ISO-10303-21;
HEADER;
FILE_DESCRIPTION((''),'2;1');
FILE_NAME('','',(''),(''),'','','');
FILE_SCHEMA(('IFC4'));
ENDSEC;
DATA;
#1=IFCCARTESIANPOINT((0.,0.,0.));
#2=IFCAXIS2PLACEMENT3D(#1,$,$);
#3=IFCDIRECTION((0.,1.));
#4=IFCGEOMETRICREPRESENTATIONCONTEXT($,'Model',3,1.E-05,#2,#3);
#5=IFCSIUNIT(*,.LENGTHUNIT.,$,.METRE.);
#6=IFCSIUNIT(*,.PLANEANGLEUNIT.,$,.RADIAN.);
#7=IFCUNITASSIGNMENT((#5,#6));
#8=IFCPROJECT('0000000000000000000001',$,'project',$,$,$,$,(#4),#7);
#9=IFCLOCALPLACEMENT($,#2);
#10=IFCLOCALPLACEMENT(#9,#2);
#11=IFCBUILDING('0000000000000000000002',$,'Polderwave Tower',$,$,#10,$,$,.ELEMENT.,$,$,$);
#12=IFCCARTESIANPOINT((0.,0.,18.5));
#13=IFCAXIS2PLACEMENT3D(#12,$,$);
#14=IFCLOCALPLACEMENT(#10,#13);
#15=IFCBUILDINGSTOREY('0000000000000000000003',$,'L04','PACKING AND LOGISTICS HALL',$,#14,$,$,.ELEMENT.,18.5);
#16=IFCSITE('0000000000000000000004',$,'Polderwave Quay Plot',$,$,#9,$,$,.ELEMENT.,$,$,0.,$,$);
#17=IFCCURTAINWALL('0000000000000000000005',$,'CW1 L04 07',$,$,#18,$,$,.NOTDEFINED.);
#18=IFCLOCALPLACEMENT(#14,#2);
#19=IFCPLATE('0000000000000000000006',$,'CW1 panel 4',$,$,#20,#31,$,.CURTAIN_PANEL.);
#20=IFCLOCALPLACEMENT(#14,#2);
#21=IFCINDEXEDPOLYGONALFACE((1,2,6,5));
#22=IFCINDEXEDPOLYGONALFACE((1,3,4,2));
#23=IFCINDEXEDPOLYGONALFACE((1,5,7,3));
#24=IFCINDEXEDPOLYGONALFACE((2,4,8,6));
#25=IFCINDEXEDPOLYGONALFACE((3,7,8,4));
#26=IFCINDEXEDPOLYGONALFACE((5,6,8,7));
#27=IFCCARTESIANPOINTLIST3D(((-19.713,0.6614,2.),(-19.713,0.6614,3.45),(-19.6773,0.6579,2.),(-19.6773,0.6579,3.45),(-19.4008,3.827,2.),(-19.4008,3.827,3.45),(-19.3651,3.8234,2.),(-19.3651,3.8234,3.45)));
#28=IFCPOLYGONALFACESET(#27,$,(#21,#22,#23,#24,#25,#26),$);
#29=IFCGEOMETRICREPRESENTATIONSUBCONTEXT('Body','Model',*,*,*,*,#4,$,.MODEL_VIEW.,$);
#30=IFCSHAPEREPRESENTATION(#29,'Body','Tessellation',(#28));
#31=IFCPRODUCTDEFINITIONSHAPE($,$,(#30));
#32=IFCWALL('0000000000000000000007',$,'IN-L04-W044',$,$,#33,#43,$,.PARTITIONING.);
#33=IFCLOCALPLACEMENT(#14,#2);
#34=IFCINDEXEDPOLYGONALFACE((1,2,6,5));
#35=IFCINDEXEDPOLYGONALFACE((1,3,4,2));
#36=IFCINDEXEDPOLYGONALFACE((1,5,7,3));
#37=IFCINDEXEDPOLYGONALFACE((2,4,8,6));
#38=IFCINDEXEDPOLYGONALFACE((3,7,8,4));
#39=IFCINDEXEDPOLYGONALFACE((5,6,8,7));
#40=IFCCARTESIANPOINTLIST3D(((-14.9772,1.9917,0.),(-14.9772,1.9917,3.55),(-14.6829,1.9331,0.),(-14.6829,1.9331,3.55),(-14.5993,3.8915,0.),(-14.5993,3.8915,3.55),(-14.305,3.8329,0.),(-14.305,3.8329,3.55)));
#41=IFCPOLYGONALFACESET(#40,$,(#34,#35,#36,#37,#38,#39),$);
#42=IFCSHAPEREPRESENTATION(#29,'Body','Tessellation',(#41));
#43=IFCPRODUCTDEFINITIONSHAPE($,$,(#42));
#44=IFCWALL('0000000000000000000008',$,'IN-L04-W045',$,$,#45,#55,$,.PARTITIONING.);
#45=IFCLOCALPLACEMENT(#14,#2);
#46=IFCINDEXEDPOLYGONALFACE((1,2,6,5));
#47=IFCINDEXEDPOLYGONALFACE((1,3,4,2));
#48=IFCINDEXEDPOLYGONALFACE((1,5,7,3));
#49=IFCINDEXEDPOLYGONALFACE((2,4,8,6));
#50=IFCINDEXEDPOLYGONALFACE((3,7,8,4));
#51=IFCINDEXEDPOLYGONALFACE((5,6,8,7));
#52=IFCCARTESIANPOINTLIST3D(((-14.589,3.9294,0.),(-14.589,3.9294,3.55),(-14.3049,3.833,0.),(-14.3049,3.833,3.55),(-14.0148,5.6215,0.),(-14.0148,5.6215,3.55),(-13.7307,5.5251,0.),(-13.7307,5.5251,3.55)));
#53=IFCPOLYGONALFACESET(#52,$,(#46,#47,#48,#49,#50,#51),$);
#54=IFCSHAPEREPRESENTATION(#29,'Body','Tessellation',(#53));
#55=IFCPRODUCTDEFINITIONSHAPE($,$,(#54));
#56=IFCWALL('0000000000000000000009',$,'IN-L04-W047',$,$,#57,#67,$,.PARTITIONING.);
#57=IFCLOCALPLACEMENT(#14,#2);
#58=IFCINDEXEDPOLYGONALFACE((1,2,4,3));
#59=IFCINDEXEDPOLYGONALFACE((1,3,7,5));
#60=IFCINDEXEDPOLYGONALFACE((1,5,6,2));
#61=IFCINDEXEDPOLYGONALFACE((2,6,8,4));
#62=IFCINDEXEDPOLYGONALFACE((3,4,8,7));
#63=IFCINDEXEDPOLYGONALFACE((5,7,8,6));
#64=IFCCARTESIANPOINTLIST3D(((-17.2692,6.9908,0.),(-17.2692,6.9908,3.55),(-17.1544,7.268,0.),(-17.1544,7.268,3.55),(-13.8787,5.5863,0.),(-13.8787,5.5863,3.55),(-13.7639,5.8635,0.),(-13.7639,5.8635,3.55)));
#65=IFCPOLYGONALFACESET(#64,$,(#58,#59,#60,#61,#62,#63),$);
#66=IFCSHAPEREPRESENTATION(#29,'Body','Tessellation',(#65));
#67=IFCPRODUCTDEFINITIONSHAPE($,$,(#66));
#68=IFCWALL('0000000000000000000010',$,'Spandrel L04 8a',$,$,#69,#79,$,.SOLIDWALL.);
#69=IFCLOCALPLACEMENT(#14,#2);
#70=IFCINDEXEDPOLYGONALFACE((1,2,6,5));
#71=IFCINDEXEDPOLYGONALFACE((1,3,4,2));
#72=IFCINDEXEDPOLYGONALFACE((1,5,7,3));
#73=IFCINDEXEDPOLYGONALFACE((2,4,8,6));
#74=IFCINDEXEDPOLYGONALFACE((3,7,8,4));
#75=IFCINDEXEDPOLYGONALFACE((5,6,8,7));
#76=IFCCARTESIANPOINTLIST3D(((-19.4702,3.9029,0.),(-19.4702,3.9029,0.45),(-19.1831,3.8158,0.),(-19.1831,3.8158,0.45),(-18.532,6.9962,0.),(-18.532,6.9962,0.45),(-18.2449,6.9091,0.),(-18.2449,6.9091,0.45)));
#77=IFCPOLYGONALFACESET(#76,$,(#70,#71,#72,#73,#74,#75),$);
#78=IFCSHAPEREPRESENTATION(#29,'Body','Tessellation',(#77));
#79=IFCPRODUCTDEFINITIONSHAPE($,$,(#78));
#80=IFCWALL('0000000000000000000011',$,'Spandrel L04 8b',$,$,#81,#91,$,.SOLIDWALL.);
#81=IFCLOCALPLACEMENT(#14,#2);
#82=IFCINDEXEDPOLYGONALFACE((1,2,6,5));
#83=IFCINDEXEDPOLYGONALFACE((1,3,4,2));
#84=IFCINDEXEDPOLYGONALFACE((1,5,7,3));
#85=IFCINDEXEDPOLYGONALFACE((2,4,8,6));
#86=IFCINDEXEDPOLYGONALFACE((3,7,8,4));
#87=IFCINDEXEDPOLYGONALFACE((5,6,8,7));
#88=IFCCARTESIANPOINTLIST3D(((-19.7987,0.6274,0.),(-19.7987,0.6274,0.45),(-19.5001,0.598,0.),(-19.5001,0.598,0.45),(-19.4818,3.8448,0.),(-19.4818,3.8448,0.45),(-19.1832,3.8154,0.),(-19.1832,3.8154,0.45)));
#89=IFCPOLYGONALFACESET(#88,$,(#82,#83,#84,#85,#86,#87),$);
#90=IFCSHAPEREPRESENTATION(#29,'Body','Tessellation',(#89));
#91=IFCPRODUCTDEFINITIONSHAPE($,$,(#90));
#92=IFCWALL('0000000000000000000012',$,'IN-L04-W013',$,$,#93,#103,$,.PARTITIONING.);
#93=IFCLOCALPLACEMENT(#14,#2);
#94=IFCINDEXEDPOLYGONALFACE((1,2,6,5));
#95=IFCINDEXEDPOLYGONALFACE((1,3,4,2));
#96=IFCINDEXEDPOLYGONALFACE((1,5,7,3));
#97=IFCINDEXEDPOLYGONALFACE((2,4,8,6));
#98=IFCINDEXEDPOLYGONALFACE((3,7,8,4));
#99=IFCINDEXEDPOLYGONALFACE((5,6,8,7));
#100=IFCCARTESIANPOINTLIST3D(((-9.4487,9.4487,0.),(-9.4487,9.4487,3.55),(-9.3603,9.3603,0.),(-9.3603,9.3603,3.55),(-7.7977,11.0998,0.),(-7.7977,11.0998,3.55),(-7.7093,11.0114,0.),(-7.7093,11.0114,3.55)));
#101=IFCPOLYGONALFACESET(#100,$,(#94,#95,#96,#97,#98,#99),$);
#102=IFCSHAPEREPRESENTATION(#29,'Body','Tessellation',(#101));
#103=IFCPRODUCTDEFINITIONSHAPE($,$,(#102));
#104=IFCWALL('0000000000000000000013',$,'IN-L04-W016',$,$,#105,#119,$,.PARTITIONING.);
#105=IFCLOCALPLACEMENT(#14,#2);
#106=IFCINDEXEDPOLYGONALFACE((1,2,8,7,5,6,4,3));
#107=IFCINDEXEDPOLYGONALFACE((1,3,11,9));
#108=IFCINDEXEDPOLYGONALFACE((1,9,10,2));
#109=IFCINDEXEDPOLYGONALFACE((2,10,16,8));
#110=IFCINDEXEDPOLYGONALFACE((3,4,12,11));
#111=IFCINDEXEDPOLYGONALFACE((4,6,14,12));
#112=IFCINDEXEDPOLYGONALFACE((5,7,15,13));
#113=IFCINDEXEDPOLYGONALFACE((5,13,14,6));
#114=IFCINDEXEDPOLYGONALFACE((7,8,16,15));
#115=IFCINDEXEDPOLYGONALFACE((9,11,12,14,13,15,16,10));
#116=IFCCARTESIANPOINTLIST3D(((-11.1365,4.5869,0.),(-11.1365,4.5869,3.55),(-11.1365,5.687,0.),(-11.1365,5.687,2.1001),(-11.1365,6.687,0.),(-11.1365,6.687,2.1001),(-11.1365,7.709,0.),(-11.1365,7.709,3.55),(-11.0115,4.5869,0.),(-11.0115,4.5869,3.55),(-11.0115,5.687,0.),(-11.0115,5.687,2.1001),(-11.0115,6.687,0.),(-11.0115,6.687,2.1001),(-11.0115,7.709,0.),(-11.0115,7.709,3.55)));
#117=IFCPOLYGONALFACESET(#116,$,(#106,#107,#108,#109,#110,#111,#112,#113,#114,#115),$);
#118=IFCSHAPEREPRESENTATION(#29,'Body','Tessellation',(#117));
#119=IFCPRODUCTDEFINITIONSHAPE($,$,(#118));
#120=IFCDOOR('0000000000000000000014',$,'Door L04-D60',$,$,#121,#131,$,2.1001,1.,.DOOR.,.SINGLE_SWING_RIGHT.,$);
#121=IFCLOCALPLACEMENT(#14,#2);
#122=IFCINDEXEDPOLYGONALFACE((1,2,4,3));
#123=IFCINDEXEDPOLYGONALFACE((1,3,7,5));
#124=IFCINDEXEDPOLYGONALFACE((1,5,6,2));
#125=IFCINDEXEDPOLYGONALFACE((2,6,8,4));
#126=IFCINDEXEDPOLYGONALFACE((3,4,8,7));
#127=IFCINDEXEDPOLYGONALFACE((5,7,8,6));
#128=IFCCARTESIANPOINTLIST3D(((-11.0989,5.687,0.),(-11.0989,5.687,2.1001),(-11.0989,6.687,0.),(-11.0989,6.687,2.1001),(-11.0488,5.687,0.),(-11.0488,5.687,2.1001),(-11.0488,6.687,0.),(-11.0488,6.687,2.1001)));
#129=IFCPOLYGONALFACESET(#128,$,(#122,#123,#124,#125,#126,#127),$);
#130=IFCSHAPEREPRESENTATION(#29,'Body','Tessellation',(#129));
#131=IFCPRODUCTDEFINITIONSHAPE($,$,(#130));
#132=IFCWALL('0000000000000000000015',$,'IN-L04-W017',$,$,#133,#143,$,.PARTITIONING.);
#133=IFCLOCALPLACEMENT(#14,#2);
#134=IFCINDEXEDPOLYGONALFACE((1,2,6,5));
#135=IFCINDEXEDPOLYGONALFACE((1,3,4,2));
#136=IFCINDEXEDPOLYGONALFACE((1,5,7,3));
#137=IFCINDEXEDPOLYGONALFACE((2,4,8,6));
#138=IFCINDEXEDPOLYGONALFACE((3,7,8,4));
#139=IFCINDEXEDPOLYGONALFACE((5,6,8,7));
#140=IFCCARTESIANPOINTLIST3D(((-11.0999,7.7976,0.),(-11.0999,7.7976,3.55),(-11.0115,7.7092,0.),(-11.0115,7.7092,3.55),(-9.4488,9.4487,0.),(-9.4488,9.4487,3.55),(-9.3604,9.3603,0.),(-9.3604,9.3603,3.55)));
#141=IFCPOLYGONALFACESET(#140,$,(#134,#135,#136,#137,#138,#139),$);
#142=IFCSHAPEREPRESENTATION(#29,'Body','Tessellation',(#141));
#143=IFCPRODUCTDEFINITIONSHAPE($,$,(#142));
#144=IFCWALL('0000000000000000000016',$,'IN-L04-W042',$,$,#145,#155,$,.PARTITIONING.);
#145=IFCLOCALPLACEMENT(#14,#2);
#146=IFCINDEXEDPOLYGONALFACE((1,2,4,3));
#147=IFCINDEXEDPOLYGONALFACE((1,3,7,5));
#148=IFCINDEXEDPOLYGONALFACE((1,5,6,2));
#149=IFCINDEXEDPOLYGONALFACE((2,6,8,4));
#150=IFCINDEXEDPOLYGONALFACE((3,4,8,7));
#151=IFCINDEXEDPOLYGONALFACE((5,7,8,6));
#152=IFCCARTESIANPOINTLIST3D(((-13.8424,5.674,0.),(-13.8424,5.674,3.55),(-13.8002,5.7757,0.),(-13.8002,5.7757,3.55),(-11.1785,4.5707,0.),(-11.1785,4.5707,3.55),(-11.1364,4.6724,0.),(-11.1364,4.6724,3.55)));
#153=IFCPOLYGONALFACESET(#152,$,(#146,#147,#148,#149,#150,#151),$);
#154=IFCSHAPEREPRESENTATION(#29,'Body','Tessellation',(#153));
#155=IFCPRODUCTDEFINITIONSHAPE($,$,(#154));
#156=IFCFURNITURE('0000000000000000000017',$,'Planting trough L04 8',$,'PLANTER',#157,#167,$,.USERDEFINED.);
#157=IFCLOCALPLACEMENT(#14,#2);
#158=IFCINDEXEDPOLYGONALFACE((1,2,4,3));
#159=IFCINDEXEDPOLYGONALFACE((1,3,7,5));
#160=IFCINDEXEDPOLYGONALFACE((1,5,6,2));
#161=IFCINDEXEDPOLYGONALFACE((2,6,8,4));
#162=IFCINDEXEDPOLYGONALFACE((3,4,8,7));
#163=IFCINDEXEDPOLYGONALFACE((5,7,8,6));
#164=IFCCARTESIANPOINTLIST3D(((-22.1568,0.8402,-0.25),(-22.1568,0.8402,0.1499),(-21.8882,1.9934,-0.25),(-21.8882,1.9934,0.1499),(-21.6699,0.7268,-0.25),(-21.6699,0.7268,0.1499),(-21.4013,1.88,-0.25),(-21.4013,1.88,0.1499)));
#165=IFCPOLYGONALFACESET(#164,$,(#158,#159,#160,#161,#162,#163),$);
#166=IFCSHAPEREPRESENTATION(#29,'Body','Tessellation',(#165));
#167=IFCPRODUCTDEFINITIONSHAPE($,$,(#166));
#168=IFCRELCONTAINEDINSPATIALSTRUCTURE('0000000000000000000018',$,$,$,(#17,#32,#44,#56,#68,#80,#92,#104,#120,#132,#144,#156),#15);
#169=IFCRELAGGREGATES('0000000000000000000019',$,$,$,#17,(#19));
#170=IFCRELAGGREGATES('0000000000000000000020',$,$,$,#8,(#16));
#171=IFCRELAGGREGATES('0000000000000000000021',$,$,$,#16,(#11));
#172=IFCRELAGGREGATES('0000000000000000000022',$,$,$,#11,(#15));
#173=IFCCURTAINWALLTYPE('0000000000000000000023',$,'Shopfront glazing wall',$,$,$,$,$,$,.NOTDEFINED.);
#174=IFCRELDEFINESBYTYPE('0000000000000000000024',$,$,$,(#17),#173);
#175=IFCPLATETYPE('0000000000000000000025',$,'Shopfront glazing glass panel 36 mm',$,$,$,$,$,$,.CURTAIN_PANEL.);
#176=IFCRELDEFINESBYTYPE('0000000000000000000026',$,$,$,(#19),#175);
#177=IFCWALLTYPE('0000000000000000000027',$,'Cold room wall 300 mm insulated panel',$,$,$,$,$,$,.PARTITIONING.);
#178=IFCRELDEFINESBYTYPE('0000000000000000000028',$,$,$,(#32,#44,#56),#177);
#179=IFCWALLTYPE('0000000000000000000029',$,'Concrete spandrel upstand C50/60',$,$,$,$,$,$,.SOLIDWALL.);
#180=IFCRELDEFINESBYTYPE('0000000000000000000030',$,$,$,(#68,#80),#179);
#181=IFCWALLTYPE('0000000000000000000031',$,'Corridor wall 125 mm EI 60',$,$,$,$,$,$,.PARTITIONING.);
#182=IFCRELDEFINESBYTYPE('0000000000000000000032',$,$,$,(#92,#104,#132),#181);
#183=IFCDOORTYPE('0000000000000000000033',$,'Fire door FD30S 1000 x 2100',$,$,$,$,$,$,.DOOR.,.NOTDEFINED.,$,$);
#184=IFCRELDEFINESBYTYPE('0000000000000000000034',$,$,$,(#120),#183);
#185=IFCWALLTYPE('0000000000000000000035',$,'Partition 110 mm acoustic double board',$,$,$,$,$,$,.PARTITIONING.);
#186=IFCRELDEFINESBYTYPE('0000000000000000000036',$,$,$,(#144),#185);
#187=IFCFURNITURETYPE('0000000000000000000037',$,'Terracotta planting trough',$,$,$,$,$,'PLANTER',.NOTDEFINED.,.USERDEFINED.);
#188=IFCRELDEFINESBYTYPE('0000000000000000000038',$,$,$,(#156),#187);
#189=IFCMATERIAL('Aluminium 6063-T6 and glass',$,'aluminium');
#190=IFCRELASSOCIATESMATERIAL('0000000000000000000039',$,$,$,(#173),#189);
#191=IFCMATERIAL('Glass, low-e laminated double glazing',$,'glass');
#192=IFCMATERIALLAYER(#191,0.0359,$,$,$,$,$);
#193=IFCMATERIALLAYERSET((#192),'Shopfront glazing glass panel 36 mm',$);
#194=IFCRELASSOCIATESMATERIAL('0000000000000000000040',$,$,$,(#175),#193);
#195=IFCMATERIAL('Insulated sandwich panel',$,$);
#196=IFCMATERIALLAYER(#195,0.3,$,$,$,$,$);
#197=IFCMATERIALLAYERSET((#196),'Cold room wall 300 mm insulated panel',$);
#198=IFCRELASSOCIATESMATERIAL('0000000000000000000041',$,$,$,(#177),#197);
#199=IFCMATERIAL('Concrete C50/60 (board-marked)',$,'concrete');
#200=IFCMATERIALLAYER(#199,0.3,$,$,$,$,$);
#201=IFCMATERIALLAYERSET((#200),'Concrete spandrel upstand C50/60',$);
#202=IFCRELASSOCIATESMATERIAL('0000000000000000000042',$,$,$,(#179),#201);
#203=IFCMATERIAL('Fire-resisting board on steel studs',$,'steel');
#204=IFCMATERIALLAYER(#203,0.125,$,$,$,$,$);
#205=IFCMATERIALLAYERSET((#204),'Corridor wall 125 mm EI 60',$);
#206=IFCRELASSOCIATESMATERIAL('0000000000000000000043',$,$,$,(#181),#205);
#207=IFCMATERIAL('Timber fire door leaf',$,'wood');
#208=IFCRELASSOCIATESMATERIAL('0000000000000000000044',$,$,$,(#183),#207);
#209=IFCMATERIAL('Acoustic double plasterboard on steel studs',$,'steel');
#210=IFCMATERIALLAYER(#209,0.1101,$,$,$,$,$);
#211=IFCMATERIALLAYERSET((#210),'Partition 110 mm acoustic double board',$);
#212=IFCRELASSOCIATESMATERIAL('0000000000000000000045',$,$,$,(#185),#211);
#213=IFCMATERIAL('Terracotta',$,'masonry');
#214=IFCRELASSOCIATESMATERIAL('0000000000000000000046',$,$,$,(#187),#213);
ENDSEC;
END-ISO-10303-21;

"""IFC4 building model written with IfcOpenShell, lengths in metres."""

from ifc_helpers import new_model, si_unit, direction, frame, frame_2d, origin, origin_2d, place, context, subcontext, project, spatial, rectangle, extrude, material, layer, layer_set, type_object, element, fill, aggregate, save


model = new_model("IFC4")

# Units and contexts
model_context = context("Model", 3, precision=1e-05, world=origin(), true_north=direction((0.0, 1.0)))
body_context = subcontext(model_context, "Body", "Model", "MODEL_VIEW")
ifc_project = project(units=[si_unit("LENGTHUNIT", "METRE"), si_unit("PLANEANGLEUNIT", "RADIAN")], contexts=[model_context])

# Site, building, storey
site_placement = place(None, origin())
site = spatial("IfcSite", under=ifc_project, at=site_placement, Name="Polderwave Quay Plot", CompositionType="ELEMENT", RefElevation=0.0)
building_placement = place(site_placement, origin())
building = spatial("IfcBuilding", under=site, at=building_placement, Name="Polderwave Tower", CompositionType="ELEMENT")
storey_placement = place(building_placement, frame((0.0, 0.0, 18.5)))
storey = spatial("IfcBuildingStorey", under=building, at=storey_placement, Name="L04", Description="PACKING AND LOGISTICS HALL", CompositionType="ELEMENT", Elevation=18.5)

# Shared definitions
ifc_material_1 = material(Name="Aluminium 6063-T6 and glass", Category="aluminium")
curtain_wall_type = type_object("IfcCurtainWallType", Name="Shopfront glazing wall", PredefinedType="NOTDEFINED", material=ifc_material_1)

# Curtain wall, plate
curtain_wall_1_placement = place(storey_placement, origin())
curtain_wall_1 = element("IfcCurtainWall", 1, at=curtain_wall_1_placement, inside=storey, type_object=curtain_wall_type, Name="CW1 L04 07", PredefinedType="NOTDEFINED")
ifc_material_2 = material(Name="Glass, low-e laminated double glazing", Category="glass")
ifc_layer_1 = layer(ifc_material_2, 0.0359)
ifc_layer_set_1 = layer_set([ifc_layer_1], Name="Shopfront glazing glass panel 36 mm")
plate_type = type_object("IfcPlateType", Name="Shopfront glazing glass panel 36 mm", PredefinedType="CURTAIN_PANEL", material=ifc_layer_set_1)
plate_1_placement = place(storey_placement, frame((-19.5391, 2.2424, 2.0), z_axis=(0.0, 0.0, 1.0), x_axis=(-0.098142, -0.995172, 0.0)))
plate_1 = element("IfcPlate", 2, at=plate_1_placement, type_object=plate_type, Name="CW1 panel 4", PredefinedType="CURTAIN_PANEL", context=body_context, shape_type="SweptSolid", body=[
    extrude(rectangle(XDim=3.1809, YDim=0.0359, at=origin_2d()), origin(), (0.0, 0.0, 1.0), 1.45),
])
aggregate(curtain_wall_1, [plate_1])

# Walls
ifc_material_3 = material(Name="Insulated sandwich panel")
ifc_layer_2 = layer(ifc_material_3, 0.3)
ifc_layer_set_2 = layer_set([ifc_layer_2], Name="Cold room wall 300 mm insulated panel")
wall_type_1 = type_object("IfcWallType", Name="Cold room wall 300 mm insulated panel", PredefinedType="PARTITIONING", material=ifc_layer_set_2)
wall_1_placement = place(storey_placement, frame((-14.8301, 1.9624, 0.0), z_axis=(0.0, 0.0, 1.0), x_axis=(0.195098, 0.980784, 0.0)))
element("IfcWall", 3, at=wall_1_placement, inside=storey, type_object=wall_type_1, Name="IN-L04-W044", PredefinedType="PARTITIONING", context=body_context, shape_type="SweptSolid", body=[
    extrude(rectangle(XDim=1.937, YDim=0.3, at=frame_2d((0.9685, 0.0))), origin(), (0.0, 0.0, 1.0), 3.55),
])
wall_2_placement = place(storey_placement, frame((-14.447, 3.8811, 0.0), z_axis=(0.0, 0.0, 1.0), x_axis=(0.321347, 0.946962, 0.0)))
element("IfcWall", 4, at=wall_2_placement, inside=storey, type_object=wall_type_1, Name="IN-L04-W045", PredefinedType="PARTITIONING", context=body_context, shape_type="SweptSolid", body=[
    extrude(rectangle(XDim=1.7869, YDim=0.3, at=frame_2d((0.8936, 0.0))), origin(), (0.0, 0.0, 1.0), 3.55),
])
wall_3_placement = place(storey_placement, frame((-13.8213, 5.7249, 0.0), z_axis=(0.0, 0.0, 1.0), x_axis=(-0.92387, 0.382706, 0.0)))
element("IfcWall", 5, at=wall_3_placement, inside=storey, type_object=wall_type_1, Name="IN-L04-W047", PredefinedType="PARTITIONING", context=body_context, shape_type="SweptSolid", body=[
    extrude(rectangle(XDim=3.6699, YDim=0.3, at=frame_2d((1.835, 0.0))), origin(), (0.0, 0.0, 1.0), 3.55),
])
ifc_material_4 = material(Name="Concrete C50/60 (board-marked)", Category="concrete")
ifc_layer_3 = layer(ifc_material_4, 0.3)
ifc_layer_set_3 = layer_set([ifc_layer_3], Name="Concrete spandrel upstand C50/60")
wall_type_2 = type_object("IfcWallType", Name="Concrete spandrel upstand C50/60", PredefinedType="SOLIDWALL", material=ifc_layer_set_3)
wall_4_placement = place(storey_placement, frame((-18.3884, 6.9526, 0.0), z_axis=(0.0, 0.0, 1.0), x_axis=(-0.290257, -0.956949, 0.0)))
element("IfcWall", 6, at=wall_4_placement, inside=storey, type_object=wall_type_2, Name="Spandrel L04 8a", PredefinedType="SOLIDWALL", context=body_context, shape_type="SweptSolid", body=[
    extrude(rectangle(XDim=3.2324, YDim=0.3, at=frame_2d((1.6162, 0.0))), origin(), (0.0, 0.0, 1.0), 0.45),
])
wall_5_placement = place(storey_placement, frame((-19.3325, 3.8301, 0.0), z_axis=(0.0, 0.0, 1.0), x_axis=(-0.098023, -0.995184, 0.0)))
element("IfcWall", 7, at=wall_5_placement, inside=storey, type_object=wall_type_2, Name="Spandrel L04 8b", PredefinedType="SOLIDWALL", context=body_context, shape_type="SweptSolid", body=[
    extrude(rectangle(XDim=3.2329, YDim=0.3, at=frame_2d((1.6165, 0.0))), origin(), (0.0, 0.0, 1.0), 0.45),
])
ifc_material_5 = material(Name="Fire-resisting board on steel studs", Category="steel")
ifc_layer_4 = layer(ifc_material_5, 0.125)
ifc_layer_set_4 = layer_set([ifc_layer_4], Name="Corridor wall 125 mm EI 60")
wall_type_3 = type_object("IfcWallType", Name="Corridor wall 125 mm EI 60", PredefinedType="PARTITIONING", material=ifc_layer_set_4)
wall_6_placement = place(storey_placement, frame((-9.4045, 9.4045, 0.0), z_axis=(0.0, 0.0, 1.0), x_axis=(0.707107, 0.707107, 0.0)))
element("IfcWall", 8, at=wall_6_placement, inside=storey, type_object=wall_type_3, Name="IN-L04-W013", PredefinedType="PARTITIONING", context=body_context, shape_type="SweptSolid", body=[
    extrude(rectangle(XDim=2.335, YDim=0.125, at=frame_2d((1.1675, 0.0))), origin(), (0.0, 0.0, 1.0), 3.55),
])

# Wall, opening, door
wall_7_placement = place(storey_placement, frame((-11.074, 4.5869, 0.0), z_axis=(0.0, 0.0, 1.0), x_axis=(0.0, 1.0, 0.0)))
wall_7 = element("IfcWall", 9, at=wall_7_placement, inside=storey, type_object=wall_type_3, Name="IN-L04-W016", PredefinedType="PARTITIONING", context=body_context, shape_type="SweptSolid", body=[
    extrude(rectangle(XDim=3.1221, YDim=0.125, at=frame_2d((1.561, 0.0))), origin(), (0.0, 0.0, 1.0), 3.55),
])
opening_placement = place(wall_7_placement, frame((1.1001, 0.0, 0.0)))
opening = element("IfcOpeningElement", 10, at=opening_placement, cuts=wall_7, PredefinedType="OPENING", context=body_context, shape_type="SweptSolid", body=[
    extrude(rectangle(XDim=1.0, YDim=2.1001, at=frame_2d((0.5, 1.05))), frame((0.0, 0.0725, 0.0), z_axis=(0.0, -1.0, 0.0), x_axis=(1.0, 0.0, 0.0)), (0.0, 0.0, 1.0), 0.145),
])
ifc_material_6 = material(Name="Timber fire door leaf", Category="wood")
door_type = type_object("IfcDoorType", Name="Fire door FD30S 1000 x 2100", OperationType="NOTDEFINED", PredefinedType="DOOR", material=ifc_material_6)
door_placement = place(opening_placement, origin())
door = element("IfcDoor", 11, at=door_placement, inside=storey, type_object=door_type, Name="Door L04-D60", OperationType="SINGLE_SWING_RIGHT", OverallHeight=2.1001, OverallWidth=1.0, PredefinedType="DOOR", context=body_context, shape_type="SweptSolid", body=[
    extrude(rectangle(XDim=1.0, YDim=2.1001, at=frame_2d((0.5, 1.05))), frame((0.0, 0.0249, 0.0), z_axis=(0.0, -1.0, 0.0), x_axis=(1.0, 0.0, 0.0)), (0.0, 0.0, 1.0), 0.05),
])
fill(opening, door)

# Walls
wall_8_placement = place(storey_placement, frame((-11.0557, 7.7534, 0.0), z_axis=(0.0, 0.0, 1.0), x_axis=(0.707107, 0.707107, 0.0)))
element("IfcWall", 12, at=wall_8_placement, inside=storey, type_object=wall_type_3, Name="IN-L04-W017", PredefinedType="PARTITIONING", context=body_context, shape_type="SweptSolid", body=[
    extrude(rectangle(XDim=2.335, YDim=0.125, at=frame_2d((1.1675, 0.0))), origin(), (0.0, 0.0, 1.0), 3.55),
])
ifc_material_7 = material(Name="Acoustic double plasterboard on steel studs", Category="steel")
ifc_layer_5 = layer(ifc_material_7, 0.1101)
ifc_layer_set_5 = layer_set([ifc_layer_5], Name="Partition 110 mm acoustic double board")
wall_type_4 = type_object("IfcWallType", Name="Partition 110 mm acoustic double board", PredefinedType="PARTITIONING", material=ifc_layer_set_5)
wall_9_placement = place(storey_placement, frame((-13.8213, 5.7249, 0.0), z_axis=(0.0, 0.0, 1.0), x_axis=(0.923894, -0.382648, 0.0)))
element("IfcWall", 13, at=wall_9_placement, inside=storey, type_object=wall_type_4, Name="IN-L04-W042", PredefinedType="PARTITIONING", context=body_context, shape_type="SweptSolid", body=[
    extrude(rectangle(XDim=2.8833, YDim=0.1101, at=frame_2d((1.4417, 0.0))), origin(), (0.0, 0.0, 1.0), 3.55),
])

# Furniture
ifc_material_8 = material(Name="Terracotta", Category="masonry")
furniture_type = type_object("IfcFurnitureType", Name="Terracotta planting trough", ElementType="PLANTER", AssemblyPlace="NOTDEFINED", PredefinedType="USERDEFINED", material=ifc_material_8)
furniture_placement = place(storey_placement, frame((-21.7791, 1.3601, -0.25), z_axis=(0.0, 0.0, 1.0), x_axis=(-0.226835, -0.973933, 0.0)))
element("IfcFurniture", 14, at=furniture_placement, inside=storey, type_object=furniture_type, Name="Planting trough L04 8", ObjectType="PLANTER", PredefinedType="USERDEFINED", context=body_context, shape_type="SweptSolid", body=[
    extrude(rectangle(XDim=1.1841, YDim=0.5, at=origin_2d()), origin(), (0.0, 0.0, 1.0), 0.3999),
])

save(model, "model.ifc")
